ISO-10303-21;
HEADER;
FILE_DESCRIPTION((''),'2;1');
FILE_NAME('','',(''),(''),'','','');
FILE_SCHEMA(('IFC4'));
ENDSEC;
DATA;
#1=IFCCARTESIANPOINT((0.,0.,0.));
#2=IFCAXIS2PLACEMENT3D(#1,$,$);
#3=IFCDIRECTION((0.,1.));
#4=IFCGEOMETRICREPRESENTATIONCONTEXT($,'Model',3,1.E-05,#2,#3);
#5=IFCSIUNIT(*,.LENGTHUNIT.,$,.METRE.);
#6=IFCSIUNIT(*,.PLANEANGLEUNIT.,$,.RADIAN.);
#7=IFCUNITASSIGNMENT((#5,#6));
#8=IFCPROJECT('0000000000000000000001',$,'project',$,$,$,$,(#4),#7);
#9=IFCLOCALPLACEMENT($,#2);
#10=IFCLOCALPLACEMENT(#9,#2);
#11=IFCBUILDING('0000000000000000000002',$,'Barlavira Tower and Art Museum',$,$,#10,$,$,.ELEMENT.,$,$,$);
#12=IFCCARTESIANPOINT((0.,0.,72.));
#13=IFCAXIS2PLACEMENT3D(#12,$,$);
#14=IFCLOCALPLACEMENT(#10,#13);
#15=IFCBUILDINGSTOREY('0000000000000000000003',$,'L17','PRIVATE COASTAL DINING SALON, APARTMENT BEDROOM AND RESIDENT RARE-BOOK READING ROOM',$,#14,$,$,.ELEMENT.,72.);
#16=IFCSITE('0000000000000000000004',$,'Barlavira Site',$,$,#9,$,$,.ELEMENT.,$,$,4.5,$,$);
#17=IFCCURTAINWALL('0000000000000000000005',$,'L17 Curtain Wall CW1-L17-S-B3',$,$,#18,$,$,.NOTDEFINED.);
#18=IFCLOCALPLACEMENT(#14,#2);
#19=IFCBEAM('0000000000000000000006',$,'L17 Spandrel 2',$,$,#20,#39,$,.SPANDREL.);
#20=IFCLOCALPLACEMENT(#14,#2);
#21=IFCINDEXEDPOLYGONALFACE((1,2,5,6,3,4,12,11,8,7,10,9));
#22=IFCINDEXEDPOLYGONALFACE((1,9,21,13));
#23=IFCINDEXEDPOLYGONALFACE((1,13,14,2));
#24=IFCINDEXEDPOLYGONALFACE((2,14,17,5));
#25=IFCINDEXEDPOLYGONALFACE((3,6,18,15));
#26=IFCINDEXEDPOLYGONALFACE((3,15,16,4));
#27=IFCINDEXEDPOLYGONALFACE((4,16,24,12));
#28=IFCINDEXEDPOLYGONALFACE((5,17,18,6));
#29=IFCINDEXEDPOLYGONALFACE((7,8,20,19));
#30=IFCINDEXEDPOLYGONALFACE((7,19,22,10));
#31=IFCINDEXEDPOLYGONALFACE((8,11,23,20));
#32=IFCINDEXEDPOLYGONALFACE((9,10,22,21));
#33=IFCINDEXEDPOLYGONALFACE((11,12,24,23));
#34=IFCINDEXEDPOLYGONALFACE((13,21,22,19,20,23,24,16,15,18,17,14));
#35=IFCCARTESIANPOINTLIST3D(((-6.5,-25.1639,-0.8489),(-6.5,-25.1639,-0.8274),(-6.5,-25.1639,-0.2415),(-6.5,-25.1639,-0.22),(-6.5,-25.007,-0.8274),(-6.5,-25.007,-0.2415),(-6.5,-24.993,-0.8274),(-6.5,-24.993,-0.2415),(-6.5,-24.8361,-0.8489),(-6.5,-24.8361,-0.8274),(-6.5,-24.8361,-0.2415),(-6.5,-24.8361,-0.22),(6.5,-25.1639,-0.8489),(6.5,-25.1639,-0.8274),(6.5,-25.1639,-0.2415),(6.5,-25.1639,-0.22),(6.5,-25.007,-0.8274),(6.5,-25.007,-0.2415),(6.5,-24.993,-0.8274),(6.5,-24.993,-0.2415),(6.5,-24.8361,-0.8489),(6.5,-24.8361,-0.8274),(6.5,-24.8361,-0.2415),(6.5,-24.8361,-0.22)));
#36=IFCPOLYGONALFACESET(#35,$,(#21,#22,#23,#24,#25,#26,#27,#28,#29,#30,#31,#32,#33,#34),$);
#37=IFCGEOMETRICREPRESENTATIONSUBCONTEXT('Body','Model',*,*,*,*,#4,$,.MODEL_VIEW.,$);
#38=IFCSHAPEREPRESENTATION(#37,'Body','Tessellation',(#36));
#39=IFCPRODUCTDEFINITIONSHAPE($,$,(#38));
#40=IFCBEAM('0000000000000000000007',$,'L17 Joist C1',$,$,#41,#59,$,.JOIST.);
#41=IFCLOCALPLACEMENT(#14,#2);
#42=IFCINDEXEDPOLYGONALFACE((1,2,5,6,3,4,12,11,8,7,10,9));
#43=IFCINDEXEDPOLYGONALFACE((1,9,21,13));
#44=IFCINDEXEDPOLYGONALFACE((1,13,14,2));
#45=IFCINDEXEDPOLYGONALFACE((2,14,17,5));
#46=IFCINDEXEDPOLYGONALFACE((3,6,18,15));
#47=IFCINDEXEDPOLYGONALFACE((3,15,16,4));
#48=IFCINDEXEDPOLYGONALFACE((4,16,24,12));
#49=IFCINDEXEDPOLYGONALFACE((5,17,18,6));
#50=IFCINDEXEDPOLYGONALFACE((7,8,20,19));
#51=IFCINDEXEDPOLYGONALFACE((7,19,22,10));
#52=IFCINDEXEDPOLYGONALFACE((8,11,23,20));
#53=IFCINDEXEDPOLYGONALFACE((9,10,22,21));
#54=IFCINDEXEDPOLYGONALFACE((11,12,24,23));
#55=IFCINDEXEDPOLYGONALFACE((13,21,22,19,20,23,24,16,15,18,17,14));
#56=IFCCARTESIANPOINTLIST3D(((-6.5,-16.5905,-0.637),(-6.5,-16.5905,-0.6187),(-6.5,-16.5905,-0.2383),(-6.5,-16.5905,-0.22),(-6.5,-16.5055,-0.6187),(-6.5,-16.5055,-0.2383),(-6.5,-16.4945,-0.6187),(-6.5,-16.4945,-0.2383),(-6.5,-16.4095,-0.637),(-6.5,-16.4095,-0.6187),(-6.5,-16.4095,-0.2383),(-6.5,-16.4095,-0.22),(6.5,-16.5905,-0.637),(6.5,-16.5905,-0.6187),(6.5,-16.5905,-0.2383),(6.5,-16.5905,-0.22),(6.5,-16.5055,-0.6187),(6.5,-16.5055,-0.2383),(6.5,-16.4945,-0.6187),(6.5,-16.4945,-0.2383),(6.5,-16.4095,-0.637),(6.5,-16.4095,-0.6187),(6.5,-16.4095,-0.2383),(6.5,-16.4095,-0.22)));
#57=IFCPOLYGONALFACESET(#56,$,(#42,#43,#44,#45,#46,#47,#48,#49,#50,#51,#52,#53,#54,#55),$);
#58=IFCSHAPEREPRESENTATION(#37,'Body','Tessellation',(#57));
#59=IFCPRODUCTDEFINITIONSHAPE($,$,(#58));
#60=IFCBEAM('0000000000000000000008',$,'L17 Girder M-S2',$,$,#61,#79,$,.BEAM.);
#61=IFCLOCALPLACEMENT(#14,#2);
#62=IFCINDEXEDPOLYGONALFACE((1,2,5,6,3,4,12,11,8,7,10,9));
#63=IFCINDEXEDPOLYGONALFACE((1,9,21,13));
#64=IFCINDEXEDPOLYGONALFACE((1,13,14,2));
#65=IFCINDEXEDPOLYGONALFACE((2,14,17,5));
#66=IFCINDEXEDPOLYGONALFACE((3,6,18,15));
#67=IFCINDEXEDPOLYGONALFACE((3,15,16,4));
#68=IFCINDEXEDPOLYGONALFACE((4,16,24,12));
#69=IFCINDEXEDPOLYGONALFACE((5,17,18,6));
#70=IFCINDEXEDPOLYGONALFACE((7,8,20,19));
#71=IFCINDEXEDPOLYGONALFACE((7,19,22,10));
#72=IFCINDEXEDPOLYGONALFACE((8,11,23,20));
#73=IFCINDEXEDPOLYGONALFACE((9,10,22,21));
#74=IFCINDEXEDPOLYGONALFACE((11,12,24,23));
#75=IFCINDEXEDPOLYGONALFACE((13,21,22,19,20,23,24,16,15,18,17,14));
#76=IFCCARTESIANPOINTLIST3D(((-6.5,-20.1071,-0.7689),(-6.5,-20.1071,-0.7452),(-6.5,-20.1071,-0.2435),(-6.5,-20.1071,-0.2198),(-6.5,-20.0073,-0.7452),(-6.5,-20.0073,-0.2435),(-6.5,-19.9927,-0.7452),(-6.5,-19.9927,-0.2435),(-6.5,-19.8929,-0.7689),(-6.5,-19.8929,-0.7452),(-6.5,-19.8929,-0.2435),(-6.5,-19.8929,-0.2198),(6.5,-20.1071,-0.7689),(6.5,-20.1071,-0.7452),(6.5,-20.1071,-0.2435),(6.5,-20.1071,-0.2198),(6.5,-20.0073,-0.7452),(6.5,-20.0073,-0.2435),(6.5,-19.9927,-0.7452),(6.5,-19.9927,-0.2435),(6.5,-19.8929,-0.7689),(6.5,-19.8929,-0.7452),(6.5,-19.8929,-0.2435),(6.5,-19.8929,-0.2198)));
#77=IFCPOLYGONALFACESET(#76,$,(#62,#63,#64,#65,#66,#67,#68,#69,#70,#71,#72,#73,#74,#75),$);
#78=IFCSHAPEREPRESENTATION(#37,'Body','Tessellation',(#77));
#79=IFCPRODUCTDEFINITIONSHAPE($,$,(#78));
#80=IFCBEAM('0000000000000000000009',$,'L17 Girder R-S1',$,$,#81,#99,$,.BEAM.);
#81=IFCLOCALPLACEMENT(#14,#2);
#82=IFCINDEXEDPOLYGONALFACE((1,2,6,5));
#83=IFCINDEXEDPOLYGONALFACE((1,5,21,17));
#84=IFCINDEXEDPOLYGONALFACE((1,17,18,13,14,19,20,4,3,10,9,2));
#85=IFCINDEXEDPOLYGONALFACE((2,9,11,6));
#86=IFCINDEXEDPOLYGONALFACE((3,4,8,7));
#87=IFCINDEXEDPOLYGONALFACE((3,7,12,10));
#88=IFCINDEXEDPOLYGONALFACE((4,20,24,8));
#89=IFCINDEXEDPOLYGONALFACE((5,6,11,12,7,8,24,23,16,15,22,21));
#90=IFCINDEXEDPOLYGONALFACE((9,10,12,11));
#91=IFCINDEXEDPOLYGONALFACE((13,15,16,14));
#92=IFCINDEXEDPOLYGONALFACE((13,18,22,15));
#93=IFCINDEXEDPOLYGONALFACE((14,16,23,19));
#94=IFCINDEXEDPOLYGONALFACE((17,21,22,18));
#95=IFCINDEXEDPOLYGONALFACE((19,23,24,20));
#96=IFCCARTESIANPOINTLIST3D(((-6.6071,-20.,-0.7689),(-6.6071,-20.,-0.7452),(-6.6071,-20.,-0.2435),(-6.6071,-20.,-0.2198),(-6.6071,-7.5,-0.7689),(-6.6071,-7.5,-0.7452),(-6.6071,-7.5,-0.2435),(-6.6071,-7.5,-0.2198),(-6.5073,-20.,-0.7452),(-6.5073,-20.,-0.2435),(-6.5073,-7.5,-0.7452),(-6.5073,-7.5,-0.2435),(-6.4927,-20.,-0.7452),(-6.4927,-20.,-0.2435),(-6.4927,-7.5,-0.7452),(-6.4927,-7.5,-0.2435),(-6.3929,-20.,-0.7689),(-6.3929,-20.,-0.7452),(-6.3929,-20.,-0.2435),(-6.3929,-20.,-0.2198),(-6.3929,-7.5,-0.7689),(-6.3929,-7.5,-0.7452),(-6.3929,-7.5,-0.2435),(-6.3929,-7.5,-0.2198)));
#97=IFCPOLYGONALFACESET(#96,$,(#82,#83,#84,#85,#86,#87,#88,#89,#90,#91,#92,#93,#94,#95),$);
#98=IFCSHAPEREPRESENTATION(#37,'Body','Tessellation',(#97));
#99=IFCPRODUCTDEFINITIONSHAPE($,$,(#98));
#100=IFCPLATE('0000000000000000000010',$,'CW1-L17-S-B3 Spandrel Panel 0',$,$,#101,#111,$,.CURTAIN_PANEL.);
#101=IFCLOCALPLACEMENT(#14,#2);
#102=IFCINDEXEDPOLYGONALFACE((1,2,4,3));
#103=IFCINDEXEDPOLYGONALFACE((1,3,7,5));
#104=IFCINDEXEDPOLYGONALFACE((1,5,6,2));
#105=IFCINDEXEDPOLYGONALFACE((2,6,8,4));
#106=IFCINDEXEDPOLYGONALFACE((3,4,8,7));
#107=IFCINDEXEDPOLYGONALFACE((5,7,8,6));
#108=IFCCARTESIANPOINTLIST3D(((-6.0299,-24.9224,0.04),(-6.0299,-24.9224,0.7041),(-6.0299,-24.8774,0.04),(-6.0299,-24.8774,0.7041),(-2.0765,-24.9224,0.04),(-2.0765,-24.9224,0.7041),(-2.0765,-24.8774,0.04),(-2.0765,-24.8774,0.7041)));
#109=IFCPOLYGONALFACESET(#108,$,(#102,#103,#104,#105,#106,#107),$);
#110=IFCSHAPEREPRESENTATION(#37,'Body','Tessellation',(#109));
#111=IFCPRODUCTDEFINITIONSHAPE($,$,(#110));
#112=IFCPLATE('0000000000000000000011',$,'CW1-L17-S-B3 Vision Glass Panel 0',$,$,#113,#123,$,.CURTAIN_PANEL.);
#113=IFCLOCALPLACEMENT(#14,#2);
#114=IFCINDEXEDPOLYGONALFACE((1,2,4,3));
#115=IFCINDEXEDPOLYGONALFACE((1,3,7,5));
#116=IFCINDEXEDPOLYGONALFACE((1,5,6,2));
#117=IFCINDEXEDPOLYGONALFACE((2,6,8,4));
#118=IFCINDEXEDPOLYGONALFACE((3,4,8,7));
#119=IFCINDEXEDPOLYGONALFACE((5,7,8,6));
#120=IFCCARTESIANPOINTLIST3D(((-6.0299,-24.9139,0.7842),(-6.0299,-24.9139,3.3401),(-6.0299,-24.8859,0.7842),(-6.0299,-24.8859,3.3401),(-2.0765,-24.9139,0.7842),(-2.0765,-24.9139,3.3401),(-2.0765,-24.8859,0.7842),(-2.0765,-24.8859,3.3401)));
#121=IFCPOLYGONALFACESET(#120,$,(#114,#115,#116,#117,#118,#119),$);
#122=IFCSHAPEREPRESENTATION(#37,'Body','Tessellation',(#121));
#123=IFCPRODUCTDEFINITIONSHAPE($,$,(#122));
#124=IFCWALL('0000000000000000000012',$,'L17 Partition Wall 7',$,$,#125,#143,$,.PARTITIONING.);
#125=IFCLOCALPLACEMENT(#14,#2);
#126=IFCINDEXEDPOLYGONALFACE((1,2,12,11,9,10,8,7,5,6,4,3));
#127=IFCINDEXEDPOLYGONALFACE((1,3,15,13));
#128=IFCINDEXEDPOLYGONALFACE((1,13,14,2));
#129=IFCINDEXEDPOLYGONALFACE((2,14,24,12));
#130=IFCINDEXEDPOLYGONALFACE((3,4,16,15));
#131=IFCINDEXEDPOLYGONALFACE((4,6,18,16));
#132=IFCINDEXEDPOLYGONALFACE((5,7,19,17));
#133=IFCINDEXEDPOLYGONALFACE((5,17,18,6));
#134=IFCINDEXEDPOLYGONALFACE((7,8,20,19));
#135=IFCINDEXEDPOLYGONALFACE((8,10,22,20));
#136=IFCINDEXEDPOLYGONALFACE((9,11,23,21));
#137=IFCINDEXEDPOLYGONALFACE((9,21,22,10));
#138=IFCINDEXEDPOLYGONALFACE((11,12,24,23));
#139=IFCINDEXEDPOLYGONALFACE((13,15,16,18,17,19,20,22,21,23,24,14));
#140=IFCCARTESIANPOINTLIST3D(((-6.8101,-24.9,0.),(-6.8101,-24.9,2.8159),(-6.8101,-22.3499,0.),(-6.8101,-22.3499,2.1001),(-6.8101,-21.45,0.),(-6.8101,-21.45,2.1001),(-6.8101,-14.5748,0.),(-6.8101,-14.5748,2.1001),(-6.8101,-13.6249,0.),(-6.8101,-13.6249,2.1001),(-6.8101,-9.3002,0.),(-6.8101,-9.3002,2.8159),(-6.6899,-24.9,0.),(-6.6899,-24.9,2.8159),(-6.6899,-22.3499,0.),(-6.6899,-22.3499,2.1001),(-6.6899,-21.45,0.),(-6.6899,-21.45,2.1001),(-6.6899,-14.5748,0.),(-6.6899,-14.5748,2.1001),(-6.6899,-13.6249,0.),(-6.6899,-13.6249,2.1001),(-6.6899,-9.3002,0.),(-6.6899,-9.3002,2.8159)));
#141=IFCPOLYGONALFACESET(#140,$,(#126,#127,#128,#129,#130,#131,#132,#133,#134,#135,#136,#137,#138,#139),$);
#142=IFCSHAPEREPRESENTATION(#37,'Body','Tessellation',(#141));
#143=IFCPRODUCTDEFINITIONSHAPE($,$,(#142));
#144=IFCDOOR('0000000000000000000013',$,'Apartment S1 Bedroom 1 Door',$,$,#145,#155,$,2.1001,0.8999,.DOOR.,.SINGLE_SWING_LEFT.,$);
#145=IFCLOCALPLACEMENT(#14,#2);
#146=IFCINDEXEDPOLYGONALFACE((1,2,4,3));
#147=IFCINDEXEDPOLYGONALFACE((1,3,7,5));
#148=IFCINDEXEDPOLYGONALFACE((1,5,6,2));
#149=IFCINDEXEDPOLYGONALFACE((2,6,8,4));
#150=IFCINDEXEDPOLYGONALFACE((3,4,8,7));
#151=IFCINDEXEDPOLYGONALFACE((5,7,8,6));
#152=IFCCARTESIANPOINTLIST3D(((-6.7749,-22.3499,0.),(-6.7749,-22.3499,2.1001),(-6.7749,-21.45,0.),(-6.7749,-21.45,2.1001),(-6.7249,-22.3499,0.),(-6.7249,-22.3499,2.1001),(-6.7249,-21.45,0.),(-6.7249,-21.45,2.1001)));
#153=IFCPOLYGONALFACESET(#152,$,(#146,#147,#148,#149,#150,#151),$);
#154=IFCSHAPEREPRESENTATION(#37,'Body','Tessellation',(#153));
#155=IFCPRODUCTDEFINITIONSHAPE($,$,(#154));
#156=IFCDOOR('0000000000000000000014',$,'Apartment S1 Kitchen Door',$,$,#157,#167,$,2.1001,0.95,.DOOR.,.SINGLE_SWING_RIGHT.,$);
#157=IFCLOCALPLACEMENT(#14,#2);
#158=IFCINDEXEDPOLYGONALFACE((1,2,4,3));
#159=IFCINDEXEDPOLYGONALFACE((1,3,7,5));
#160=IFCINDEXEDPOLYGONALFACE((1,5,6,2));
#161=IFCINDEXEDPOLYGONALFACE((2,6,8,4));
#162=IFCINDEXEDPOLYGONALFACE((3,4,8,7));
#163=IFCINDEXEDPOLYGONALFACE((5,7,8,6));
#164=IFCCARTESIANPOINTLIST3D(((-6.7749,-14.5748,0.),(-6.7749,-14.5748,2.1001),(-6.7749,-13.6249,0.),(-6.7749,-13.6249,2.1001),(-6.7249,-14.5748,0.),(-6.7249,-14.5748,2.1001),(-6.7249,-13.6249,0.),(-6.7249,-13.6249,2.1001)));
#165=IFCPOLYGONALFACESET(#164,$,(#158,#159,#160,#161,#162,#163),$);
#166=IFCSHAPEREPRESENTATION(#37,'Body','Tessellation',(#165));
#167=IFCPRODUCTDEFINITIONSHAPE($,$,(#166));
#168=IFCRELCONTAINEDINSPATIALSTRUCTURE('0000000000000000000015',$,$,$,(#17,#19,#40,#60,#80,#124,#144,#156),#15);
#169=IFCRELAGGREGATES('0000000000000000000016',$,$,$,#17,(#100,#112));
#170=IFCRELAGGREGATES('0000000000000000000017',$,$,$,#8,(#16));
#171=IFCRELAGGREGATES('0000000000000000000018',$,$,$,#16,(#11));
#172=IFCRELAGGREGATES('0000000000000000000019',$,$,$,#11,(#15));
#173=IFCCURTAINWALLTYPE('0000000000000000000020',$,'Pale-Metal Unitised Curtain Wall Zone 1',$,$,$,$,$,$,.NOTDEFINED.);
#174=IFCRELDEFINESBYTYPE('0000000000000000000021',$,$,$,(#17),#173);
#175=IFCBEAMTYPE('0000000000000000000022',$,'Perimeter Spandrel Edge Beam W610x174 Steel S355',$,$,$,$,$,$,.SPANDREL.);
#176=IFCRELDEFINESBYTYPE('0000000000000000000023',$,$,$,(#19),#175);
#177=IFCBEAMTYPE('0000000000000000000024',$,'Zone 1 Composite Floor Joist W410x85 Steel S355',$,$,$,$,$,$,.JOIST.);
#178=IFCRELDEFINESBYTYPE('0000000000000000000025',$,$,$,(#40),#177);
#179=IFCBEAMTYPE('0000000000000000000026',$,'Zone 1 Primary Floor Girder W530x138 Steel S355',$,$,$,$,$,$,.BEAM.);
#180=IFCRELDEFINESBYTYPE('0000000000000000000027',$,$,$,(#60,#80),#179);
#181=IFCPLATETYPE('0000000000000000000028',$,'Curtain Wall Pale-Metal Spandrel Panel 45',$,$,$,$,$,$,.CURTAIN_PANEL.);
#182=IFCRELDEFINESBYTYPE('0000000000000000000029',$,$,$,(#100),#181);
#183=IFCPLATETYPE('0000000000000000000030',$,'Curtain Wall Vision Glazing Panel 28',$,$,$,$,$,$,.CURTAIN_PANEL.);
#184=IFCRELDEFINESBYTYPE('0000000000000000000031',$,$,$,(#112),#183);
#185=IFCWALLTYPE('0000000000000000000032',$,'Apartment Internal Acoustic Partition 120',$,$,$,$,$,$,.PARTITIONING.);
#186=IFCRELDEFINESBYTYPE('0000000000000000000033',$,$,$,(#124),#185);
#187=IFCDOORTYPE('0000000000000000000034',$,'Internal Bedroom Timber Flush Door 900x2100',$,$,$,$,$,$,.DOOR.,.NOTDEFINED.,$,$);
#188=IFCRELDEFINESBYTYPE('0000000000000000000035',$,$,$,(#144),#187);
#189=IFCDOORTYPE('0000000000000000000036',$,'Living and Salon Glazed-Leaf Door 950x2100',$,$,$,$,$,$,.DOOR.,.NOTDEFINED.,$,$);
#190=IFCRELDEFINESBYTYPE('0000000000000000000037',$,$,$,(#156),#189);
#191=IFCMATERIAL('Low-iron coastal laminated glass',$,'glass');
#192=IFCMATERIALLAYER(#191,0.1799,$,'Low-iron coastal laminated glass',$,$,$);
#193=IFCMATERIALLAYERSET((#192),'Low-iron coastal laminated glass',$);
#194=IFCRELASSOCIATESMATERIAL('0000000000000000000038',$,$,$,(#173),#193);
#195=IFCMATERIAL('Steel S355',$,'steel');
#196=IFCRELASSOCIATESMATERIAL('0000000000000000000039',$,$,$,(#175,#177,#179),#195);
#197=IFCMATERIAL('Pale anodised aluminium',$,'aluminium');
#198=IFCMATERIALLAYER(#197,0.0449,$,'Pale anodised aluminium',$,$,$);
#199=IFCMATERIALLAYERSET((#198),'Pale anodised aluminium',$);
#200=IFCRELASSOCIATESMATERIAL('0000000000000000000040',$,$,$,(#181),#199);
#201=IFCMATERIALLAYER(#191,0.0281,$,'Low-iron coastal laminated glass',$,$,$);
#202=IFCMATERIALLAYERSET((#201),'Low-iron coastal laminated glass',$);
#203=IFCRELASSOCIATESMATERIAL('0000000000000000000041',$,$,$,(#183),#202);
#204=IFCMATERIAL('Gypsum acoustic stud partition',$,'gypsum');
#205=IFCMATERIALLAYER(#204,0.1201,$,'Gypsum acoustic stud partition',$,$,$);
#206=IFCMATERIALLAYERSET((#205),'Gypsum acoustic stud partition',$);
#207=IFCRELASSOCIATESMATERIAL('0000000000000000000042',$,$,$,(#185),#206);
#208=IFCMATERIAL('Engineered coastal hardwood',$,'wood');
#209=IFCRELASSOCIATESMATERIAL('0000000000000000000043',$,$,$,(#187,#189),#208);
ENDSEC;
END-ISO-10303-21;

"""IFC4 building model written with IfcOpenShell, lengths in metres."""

from ifc_helpers import new_model, si_unit, direction, frame, frame_2d, origin, origin_2d, place, context, subcontext, project, spatial, rectangle, i_section, extrude, material, layer, layer_set, material_profile, profile_set, type_object, element, fill, aggregate, save


model = new_model("IFC4")

# Units and contexts
model_context = context("Model", 3, precision=1e-05, world=origin(), true_north=direction((0.0, 1.0)))
body_context = subcontext(model_context, "Body", "Model", "MODEL_VIEW")
ifc_project = project(units=[si_unit("LENGTHUNIT", "METRE"), si_unit("PLANEANGLEUNIT", "RADIAN")], contexts=[model_context])

# Site, building, storey
site_placement = place(None, origin())
site = spatial("IfcSite", under=ifc_project, at=site_placement, Name="Barlavira Site", CompositionType="ELEMENT", RefElevation=4.5)
building_placement = place(site_placement, origin())
building = spatial("IfcBuilding", under=site, at=building_placement, Name="Barlavira Tower and Art Museum", CompositionType="ELEMENT")
storey_placement = place(building_placement, frame((0.0, 0.0, 72.0)))
storey = spatial("IfcBuildingStorey", under=building, at=storey_placement, Name="L17", Description="PRIVATE COASTAL DINING SALON, APARTMENT BEDROOM AND RESIDENT RARE-BOOK READING ROOM", CompositionType="ELEMENT", Elevation=72.0)

# Curtain wall
ifc_material_1 = material(Name="Low-iron coastal laminated glass", Category="glass")
ifc_layer_1 = layer(ifc_material_1, 0.1799, Name="Low-iron coastal laminated glass")
ifc_layer_set_1 = layer_set([ifc_layer_1], Name="Low-iron coastal laminated glass")
curtain_wall_type = type_object("IfcCurtainWallType", Name="Pale-Metal Unitised Curtain Wall Zone 1", PredefinedType="NOTDEFINED", material=ifc_layer_set_1)
curtain_wall_placement = place(storey_placement, origin())
curtain_wall = element("IfcCurtainWall", 1, at=curtain_wall_placement, inside=storey, type_object=curtain_wall_type, Name="L17 Curtain Wall CW1-L17-S-B3", PredefinedType="NOTDEFINED")
ifc_material_2 = material(Name="Pale anodised aluminium", Category="aluminium")

# Beams
ifc_material_3 = material(Name="Steel S355", Category="steel")
ifc_material_profile_1 = material_profile(ifc_material_3, i_section(OverallWidth=0.3279, OverallDepth=0.6289, WebThickness=0.0139, FlangeThickness=0.0215, at=origin_2d()), Name="W610x174.0")
ifc_profile_set_1 = profile_set([ifc_material_profile_1], Name="Steel S355")
beam_type_1 = type_object("IfcBeamType", Name="Perimeter Spandrel Edge Beam W610x174 Steel S355", PredefinedType="SPANDREL", material=ifc_profile_set_1)
beam_1_placement = place(storey_placement, frame((-6.5, -25.0, -0.5344), z_axis=(1.0, 0.0, 0.0), x_axis=(0.0, 1.0, 0.0)))
element("IfcBeam", 2, at=beam_1_placement, inside=storey, type_object=beam_type_1, Name="L17 Spandrel 2", PredefinedType="SPANDREL", context=body_context, shape_type="SweptSolid", body=[
    extrude(i_section(OverallWidth=0.3279, OverallDepth=0.6289, WebThickness=0.0139, FlangeThickness=0.0215, at=origin_2d()), origin(), (0.0, 0.0, 1.0), 13.0),
])
ifc_material_profile_2 = material_profile(ifc_material_3, i_section(OverallWidth=0.1809, OverallDepth=0.417, WebThickness=0.011, FlangeThickness=0.0183, at=origin_2d()), Name="W410x85.0")
ifc_profile_set_2 = profile_set([ifc_material_profile_2], Name="Steel S355")
beam_type_2 = type_object("IfcBeamType", Name="Zone 1 Composite Floor Joist W410x85 Steel S355", PredefinedType="JOIST", material=ifc_profile_set_2)
beam_2_placement = place(storey_placement, frame((-6.5, -16.5, -0.4285), z_axis=(1.0, 0.0, 0.0), x_axis=(0.0, 1.0, 0.0)))
element("IfcBeam", 3, at=beam_2_placement, inside=storey, type_object=beam_type_2, Name="L17 Joist C1", PredefinedType="JOIST", context=body_context, shape_type="SweptSolid", body=[
    extrude(i_section(OverallWidth=0.1809, OverallDepth=0.417, WebThickness=0.011, FlangeThickness=0.0183, at=origin_2d()), origin(), (0.0, 0.0, 1.0), 13.0),
])
ifc_material_profile_3 = material_profile(ifc_material_3, i_section(OverallWidth=0.2141, OverallDepth=0.5491, WebThickness=0.0146, FlangeThickness=0.0237, at=origin_2d()), Name="W530x138.0")
ifc_profile_set_3 = profile_set([ifc_material_profile_3], Name="Steel S355")
beam_type_3 = type_object("IfcBeamType", Name="Zone 1 Primary Floor Girder W530x138 Steel S355", PredefinedType="BEAM", material=ifc_profile_set_3)
beam_3_placement = place(storey_placement, frame((-6.5, -20.0, -0.4944), z_axis=(1.0, 0.0, 0.0), x_axis=(0.0, 1.0, 0.0)))
element("IfcBeam", 4, at=beam_3_placement, inside=storey, type_object=beam_type_3, Name="L17 Girder M-S2", PredefinedType="BEAM", context=body_context, shape_type="SweptSolid", body=[
    extrude(i_section(OverallWidth=0.2141, OverallDepth=0.5491, WebThickness=0.0146, FlangeThickness=0.0237, at=origin_2d()), origin(), (0.0, 0.0, 1.0), 13.0),
])
beam_4_placement = place(storey_placement, frame((-6.5, -20.0, -0.4944), z_axis=(0.0, 1.0, 0.0), x_axis=(-1.0, 0.0, 0.0)))
element("IfcBeam", 5, at=beam_4_placement, inside=storey, type_object=beam_type_3, Name="L17 Girder R-S1", PredefinedType="BEAM", context=body_context, shape_type="SweptSolid", body=[
    extrude(i_section(OverallWidth=0.2141, OverallDepth=0.5491, WebThickness=0.0146, FlangeThickness=0.0237, at=origin_2d()), origin(), (0.0, 0.0, 1.0), 12.5),
])

# Plates
ifc_layer_2 = layer(ifc_material_2, 0.0449, Name="Pale anodised aluminium")
ifc_layer_set_2 = layer_set([ifc_layer_2], Name="Pale anodised aluminium")
plate_type_1 = type_object("IfcPlateType", Name="Curtain Wall Pale-Metal Spandrel Panel 45", PredefinedType="CURTAIN_PANEL", material=ifc_layer_set_2)
plate_1_placement = place(storey_placement, frame((-4.0532, -24.8999, 0.04), z_axis=(0.0, 0.0, 1.0), x_axis=(1.0, 0.0, 0.0)))
plate_1 = element("IfcPlate", 6, at=plate_1_placement, type_object=plate_type_1, Name="CW1-L17-S-B3 Spandrel Panel 0", PredefinedType="CURTAIN_PANEL", context=body_context, shape_type="SweptSolid", body=[
    extrude(rectangle(XDim=3.9534, YDim=0.0449, at=origin_2d()), origin(), (0.0, 0.0, 1.0), 0.6641),
])
ifc_layer_3 = layer(ifc_material_1, 0.0281, Name="Low-iron coastal laminated glass")
ifc_layer_set_3 = layer_set([ifc_layer_3], Name="Low-iron coastal laminated glass")
plate_type_2 = type_object("IfcPlateType", Name="Curtain Wall Vision Glazing Panel 28", PredefinedType="CURTAIN_PANEL", material=ifc_layer_set_3)
plate_2_placement = place(storey_placement, frame((-4.0532, -24.8999, 0.7842), z_axis=(0.0, 0.0, 1.0), x_axis=(1.0, 0.0, 0.0)))
plate_2 = element("IfcPlate", 7, at=plate_2_placement, type_object=plate_type_2, Name="CW1-L17-S-B3 Vision Glass Panel 0", PredefinedType="CURTAIN_PANEL", context=body_context, shape_type="SweptSolid", body=[
    extrude(rectangle(XDim=3.9534, YDim=0.0281, at=origin_2d()), origin(), (0.0, 0.0, 1.0), 2.5559),
])
aggregate(curtain_wall, [plate_1, plate_2])

# Wall, openings, doors
ifc_material_4 = material(Name="Gypsum acoustic stud partition", Category="gypsum")
ifc_layer_4 = layer(ifc_material_4, 0.1201, Name="Gypsum acoustic stud partition")
ifc_layer_set_4 = layer_set([ifc_layer_4], Name="Gypsum acoustic stud partition")
wall_type_1 = type_object("IfcWallType", Name="Apartment Internal Acoustic Partition 120", PredefinedType="PARTITIONING", material=ifc_layer_set_4)
wall_1_placement = place(storey_placement, frame((-6.75, -24.8999, 0.0), z_axis=(0.0, 0.0, 1.0), x_axis=(0.0, 1.0, 0.0)))
wall_1 = element("IfcWall", 8, at=wall_1_placement, inside=storey, type_object=wall_type_1, Name="L17 Partition Wall 7", PredefinedType="PARTITIONING", context=body_context, shape_type="SweptSolid", body=[
    extrude(rectangle(XDim=15.5999, YDim=0.1201, at=frame_2d((7.7998, 0.0))), origin(), (0.0, 0.0, 1.0), 2.8159),
])
opening_1_placement = place(wall_1_placement, frame((10.325, 0.0, 0.0)))
opening_1 = element("IfcOpeningElement", 9, at=opening_1_placement, cuts=wall_1, PredefinedType="OPENING", context=body_context, shape_type="SweptSolid", body=[
    extrude(rectangle(XDim=0.95, YDim=2.1001, at=frame_2d((0.4751, 1.05))), frame((0.0, 0.0701, 0.0), z_axis=(0.0, -1.0, 0.0), x_axis=(1.0, 0.0, 0.0)), (0.0, 0.0, 1.0), 0.1401),
])
opening_2_placement = place(wall_1_placement, frame((2.55, 0.0, 0.0)))
opening_2 = element("IfcOpeningElement", 10, at=opening_2_placement, cuts=wall_1, PredefinedType="OPENING", context=body_context, shape_type="SweptSolid", body=[
    extrude(rectangle(XDim=0.8999, YDim=2.1001, at=frame_2d((0.45, 1.05))), frame((0.0, 0.0701, 0.0), z_axis=(0.0, -1.0, 0.0), x_axis=(1.0, 0.0, 0.0)), (0.0, 0.0, 1.0), 0.1401),
])
ifc_material_5 = material(Name="Engineered coastal hardwood", Category="wood")
door_type_1 = type_object("IfcDoorType", Name="Internal Bedroom Timber Flush Door 900x2100", OperationType="NOTDEFINED", PredefinedType="DOOR", material=ifc_material_5)
door_1_placement = place(opening_2_placement, origin())
door_1 = element("IfcDoor", 11, at=door_1_placement, inside=storey, type_object=door_type_1, Name="Apartment S1 Bedroom 1 Door", OperationType="SINGLE_SWING_LEFT", OverallHeight=2.1001, OverallWidth=0.8999, PredefinedType="DOOR", context=body_context, shape_type="SweptSolid", body=[
    extrude(rectangle(XDim=0.8999, YDim=2.1001, at=frame_2d((0.45, 1.05))), frame((0.0, 0.0249, 0.0), z_axis=(0.0, -1.0, 0.0), x_axis=(1.0, 0.0, 0.0)), (0.0, 0.0, 1.0), 0.05),
])
fill(opening_2, door_1)
door_type_2 = type_object("IfcDoorType", Name="Living and Salon Glazed-Leaf Door 950x2100", OperationType="NOTDEFINED", PredefinedType="DOOR", material=ifc_material_5)
door_2_placement = place(opening_1_placement, origin())
door_2 = element("IfcDoor", 12, at=door_2_placement, inside=storey, type_object=door_type_2, Name="Apartment S1 Kitchen Door", OperationType="SINGLE_SWING_RIGHT", OverallHeight=2.1001, OverallWidth=0.95, PredefinedType="DOOR", context=body_context, shape_type="SweptSolid", body=[
    extrude(rectangle(XDim=0.95, YDim=2.1001, at=frame_2d((0.4751, 1.05))), frame((0.0, 0.0249, 0.0), z_axis=(0.0, -1.0, 0.0), x_axis=(1.0, 0.0, 0.0)), (0.0, 0.0, 1.0), 0.05),
])
fill(opening_1, door_2)

save(model, "model.ifc")
